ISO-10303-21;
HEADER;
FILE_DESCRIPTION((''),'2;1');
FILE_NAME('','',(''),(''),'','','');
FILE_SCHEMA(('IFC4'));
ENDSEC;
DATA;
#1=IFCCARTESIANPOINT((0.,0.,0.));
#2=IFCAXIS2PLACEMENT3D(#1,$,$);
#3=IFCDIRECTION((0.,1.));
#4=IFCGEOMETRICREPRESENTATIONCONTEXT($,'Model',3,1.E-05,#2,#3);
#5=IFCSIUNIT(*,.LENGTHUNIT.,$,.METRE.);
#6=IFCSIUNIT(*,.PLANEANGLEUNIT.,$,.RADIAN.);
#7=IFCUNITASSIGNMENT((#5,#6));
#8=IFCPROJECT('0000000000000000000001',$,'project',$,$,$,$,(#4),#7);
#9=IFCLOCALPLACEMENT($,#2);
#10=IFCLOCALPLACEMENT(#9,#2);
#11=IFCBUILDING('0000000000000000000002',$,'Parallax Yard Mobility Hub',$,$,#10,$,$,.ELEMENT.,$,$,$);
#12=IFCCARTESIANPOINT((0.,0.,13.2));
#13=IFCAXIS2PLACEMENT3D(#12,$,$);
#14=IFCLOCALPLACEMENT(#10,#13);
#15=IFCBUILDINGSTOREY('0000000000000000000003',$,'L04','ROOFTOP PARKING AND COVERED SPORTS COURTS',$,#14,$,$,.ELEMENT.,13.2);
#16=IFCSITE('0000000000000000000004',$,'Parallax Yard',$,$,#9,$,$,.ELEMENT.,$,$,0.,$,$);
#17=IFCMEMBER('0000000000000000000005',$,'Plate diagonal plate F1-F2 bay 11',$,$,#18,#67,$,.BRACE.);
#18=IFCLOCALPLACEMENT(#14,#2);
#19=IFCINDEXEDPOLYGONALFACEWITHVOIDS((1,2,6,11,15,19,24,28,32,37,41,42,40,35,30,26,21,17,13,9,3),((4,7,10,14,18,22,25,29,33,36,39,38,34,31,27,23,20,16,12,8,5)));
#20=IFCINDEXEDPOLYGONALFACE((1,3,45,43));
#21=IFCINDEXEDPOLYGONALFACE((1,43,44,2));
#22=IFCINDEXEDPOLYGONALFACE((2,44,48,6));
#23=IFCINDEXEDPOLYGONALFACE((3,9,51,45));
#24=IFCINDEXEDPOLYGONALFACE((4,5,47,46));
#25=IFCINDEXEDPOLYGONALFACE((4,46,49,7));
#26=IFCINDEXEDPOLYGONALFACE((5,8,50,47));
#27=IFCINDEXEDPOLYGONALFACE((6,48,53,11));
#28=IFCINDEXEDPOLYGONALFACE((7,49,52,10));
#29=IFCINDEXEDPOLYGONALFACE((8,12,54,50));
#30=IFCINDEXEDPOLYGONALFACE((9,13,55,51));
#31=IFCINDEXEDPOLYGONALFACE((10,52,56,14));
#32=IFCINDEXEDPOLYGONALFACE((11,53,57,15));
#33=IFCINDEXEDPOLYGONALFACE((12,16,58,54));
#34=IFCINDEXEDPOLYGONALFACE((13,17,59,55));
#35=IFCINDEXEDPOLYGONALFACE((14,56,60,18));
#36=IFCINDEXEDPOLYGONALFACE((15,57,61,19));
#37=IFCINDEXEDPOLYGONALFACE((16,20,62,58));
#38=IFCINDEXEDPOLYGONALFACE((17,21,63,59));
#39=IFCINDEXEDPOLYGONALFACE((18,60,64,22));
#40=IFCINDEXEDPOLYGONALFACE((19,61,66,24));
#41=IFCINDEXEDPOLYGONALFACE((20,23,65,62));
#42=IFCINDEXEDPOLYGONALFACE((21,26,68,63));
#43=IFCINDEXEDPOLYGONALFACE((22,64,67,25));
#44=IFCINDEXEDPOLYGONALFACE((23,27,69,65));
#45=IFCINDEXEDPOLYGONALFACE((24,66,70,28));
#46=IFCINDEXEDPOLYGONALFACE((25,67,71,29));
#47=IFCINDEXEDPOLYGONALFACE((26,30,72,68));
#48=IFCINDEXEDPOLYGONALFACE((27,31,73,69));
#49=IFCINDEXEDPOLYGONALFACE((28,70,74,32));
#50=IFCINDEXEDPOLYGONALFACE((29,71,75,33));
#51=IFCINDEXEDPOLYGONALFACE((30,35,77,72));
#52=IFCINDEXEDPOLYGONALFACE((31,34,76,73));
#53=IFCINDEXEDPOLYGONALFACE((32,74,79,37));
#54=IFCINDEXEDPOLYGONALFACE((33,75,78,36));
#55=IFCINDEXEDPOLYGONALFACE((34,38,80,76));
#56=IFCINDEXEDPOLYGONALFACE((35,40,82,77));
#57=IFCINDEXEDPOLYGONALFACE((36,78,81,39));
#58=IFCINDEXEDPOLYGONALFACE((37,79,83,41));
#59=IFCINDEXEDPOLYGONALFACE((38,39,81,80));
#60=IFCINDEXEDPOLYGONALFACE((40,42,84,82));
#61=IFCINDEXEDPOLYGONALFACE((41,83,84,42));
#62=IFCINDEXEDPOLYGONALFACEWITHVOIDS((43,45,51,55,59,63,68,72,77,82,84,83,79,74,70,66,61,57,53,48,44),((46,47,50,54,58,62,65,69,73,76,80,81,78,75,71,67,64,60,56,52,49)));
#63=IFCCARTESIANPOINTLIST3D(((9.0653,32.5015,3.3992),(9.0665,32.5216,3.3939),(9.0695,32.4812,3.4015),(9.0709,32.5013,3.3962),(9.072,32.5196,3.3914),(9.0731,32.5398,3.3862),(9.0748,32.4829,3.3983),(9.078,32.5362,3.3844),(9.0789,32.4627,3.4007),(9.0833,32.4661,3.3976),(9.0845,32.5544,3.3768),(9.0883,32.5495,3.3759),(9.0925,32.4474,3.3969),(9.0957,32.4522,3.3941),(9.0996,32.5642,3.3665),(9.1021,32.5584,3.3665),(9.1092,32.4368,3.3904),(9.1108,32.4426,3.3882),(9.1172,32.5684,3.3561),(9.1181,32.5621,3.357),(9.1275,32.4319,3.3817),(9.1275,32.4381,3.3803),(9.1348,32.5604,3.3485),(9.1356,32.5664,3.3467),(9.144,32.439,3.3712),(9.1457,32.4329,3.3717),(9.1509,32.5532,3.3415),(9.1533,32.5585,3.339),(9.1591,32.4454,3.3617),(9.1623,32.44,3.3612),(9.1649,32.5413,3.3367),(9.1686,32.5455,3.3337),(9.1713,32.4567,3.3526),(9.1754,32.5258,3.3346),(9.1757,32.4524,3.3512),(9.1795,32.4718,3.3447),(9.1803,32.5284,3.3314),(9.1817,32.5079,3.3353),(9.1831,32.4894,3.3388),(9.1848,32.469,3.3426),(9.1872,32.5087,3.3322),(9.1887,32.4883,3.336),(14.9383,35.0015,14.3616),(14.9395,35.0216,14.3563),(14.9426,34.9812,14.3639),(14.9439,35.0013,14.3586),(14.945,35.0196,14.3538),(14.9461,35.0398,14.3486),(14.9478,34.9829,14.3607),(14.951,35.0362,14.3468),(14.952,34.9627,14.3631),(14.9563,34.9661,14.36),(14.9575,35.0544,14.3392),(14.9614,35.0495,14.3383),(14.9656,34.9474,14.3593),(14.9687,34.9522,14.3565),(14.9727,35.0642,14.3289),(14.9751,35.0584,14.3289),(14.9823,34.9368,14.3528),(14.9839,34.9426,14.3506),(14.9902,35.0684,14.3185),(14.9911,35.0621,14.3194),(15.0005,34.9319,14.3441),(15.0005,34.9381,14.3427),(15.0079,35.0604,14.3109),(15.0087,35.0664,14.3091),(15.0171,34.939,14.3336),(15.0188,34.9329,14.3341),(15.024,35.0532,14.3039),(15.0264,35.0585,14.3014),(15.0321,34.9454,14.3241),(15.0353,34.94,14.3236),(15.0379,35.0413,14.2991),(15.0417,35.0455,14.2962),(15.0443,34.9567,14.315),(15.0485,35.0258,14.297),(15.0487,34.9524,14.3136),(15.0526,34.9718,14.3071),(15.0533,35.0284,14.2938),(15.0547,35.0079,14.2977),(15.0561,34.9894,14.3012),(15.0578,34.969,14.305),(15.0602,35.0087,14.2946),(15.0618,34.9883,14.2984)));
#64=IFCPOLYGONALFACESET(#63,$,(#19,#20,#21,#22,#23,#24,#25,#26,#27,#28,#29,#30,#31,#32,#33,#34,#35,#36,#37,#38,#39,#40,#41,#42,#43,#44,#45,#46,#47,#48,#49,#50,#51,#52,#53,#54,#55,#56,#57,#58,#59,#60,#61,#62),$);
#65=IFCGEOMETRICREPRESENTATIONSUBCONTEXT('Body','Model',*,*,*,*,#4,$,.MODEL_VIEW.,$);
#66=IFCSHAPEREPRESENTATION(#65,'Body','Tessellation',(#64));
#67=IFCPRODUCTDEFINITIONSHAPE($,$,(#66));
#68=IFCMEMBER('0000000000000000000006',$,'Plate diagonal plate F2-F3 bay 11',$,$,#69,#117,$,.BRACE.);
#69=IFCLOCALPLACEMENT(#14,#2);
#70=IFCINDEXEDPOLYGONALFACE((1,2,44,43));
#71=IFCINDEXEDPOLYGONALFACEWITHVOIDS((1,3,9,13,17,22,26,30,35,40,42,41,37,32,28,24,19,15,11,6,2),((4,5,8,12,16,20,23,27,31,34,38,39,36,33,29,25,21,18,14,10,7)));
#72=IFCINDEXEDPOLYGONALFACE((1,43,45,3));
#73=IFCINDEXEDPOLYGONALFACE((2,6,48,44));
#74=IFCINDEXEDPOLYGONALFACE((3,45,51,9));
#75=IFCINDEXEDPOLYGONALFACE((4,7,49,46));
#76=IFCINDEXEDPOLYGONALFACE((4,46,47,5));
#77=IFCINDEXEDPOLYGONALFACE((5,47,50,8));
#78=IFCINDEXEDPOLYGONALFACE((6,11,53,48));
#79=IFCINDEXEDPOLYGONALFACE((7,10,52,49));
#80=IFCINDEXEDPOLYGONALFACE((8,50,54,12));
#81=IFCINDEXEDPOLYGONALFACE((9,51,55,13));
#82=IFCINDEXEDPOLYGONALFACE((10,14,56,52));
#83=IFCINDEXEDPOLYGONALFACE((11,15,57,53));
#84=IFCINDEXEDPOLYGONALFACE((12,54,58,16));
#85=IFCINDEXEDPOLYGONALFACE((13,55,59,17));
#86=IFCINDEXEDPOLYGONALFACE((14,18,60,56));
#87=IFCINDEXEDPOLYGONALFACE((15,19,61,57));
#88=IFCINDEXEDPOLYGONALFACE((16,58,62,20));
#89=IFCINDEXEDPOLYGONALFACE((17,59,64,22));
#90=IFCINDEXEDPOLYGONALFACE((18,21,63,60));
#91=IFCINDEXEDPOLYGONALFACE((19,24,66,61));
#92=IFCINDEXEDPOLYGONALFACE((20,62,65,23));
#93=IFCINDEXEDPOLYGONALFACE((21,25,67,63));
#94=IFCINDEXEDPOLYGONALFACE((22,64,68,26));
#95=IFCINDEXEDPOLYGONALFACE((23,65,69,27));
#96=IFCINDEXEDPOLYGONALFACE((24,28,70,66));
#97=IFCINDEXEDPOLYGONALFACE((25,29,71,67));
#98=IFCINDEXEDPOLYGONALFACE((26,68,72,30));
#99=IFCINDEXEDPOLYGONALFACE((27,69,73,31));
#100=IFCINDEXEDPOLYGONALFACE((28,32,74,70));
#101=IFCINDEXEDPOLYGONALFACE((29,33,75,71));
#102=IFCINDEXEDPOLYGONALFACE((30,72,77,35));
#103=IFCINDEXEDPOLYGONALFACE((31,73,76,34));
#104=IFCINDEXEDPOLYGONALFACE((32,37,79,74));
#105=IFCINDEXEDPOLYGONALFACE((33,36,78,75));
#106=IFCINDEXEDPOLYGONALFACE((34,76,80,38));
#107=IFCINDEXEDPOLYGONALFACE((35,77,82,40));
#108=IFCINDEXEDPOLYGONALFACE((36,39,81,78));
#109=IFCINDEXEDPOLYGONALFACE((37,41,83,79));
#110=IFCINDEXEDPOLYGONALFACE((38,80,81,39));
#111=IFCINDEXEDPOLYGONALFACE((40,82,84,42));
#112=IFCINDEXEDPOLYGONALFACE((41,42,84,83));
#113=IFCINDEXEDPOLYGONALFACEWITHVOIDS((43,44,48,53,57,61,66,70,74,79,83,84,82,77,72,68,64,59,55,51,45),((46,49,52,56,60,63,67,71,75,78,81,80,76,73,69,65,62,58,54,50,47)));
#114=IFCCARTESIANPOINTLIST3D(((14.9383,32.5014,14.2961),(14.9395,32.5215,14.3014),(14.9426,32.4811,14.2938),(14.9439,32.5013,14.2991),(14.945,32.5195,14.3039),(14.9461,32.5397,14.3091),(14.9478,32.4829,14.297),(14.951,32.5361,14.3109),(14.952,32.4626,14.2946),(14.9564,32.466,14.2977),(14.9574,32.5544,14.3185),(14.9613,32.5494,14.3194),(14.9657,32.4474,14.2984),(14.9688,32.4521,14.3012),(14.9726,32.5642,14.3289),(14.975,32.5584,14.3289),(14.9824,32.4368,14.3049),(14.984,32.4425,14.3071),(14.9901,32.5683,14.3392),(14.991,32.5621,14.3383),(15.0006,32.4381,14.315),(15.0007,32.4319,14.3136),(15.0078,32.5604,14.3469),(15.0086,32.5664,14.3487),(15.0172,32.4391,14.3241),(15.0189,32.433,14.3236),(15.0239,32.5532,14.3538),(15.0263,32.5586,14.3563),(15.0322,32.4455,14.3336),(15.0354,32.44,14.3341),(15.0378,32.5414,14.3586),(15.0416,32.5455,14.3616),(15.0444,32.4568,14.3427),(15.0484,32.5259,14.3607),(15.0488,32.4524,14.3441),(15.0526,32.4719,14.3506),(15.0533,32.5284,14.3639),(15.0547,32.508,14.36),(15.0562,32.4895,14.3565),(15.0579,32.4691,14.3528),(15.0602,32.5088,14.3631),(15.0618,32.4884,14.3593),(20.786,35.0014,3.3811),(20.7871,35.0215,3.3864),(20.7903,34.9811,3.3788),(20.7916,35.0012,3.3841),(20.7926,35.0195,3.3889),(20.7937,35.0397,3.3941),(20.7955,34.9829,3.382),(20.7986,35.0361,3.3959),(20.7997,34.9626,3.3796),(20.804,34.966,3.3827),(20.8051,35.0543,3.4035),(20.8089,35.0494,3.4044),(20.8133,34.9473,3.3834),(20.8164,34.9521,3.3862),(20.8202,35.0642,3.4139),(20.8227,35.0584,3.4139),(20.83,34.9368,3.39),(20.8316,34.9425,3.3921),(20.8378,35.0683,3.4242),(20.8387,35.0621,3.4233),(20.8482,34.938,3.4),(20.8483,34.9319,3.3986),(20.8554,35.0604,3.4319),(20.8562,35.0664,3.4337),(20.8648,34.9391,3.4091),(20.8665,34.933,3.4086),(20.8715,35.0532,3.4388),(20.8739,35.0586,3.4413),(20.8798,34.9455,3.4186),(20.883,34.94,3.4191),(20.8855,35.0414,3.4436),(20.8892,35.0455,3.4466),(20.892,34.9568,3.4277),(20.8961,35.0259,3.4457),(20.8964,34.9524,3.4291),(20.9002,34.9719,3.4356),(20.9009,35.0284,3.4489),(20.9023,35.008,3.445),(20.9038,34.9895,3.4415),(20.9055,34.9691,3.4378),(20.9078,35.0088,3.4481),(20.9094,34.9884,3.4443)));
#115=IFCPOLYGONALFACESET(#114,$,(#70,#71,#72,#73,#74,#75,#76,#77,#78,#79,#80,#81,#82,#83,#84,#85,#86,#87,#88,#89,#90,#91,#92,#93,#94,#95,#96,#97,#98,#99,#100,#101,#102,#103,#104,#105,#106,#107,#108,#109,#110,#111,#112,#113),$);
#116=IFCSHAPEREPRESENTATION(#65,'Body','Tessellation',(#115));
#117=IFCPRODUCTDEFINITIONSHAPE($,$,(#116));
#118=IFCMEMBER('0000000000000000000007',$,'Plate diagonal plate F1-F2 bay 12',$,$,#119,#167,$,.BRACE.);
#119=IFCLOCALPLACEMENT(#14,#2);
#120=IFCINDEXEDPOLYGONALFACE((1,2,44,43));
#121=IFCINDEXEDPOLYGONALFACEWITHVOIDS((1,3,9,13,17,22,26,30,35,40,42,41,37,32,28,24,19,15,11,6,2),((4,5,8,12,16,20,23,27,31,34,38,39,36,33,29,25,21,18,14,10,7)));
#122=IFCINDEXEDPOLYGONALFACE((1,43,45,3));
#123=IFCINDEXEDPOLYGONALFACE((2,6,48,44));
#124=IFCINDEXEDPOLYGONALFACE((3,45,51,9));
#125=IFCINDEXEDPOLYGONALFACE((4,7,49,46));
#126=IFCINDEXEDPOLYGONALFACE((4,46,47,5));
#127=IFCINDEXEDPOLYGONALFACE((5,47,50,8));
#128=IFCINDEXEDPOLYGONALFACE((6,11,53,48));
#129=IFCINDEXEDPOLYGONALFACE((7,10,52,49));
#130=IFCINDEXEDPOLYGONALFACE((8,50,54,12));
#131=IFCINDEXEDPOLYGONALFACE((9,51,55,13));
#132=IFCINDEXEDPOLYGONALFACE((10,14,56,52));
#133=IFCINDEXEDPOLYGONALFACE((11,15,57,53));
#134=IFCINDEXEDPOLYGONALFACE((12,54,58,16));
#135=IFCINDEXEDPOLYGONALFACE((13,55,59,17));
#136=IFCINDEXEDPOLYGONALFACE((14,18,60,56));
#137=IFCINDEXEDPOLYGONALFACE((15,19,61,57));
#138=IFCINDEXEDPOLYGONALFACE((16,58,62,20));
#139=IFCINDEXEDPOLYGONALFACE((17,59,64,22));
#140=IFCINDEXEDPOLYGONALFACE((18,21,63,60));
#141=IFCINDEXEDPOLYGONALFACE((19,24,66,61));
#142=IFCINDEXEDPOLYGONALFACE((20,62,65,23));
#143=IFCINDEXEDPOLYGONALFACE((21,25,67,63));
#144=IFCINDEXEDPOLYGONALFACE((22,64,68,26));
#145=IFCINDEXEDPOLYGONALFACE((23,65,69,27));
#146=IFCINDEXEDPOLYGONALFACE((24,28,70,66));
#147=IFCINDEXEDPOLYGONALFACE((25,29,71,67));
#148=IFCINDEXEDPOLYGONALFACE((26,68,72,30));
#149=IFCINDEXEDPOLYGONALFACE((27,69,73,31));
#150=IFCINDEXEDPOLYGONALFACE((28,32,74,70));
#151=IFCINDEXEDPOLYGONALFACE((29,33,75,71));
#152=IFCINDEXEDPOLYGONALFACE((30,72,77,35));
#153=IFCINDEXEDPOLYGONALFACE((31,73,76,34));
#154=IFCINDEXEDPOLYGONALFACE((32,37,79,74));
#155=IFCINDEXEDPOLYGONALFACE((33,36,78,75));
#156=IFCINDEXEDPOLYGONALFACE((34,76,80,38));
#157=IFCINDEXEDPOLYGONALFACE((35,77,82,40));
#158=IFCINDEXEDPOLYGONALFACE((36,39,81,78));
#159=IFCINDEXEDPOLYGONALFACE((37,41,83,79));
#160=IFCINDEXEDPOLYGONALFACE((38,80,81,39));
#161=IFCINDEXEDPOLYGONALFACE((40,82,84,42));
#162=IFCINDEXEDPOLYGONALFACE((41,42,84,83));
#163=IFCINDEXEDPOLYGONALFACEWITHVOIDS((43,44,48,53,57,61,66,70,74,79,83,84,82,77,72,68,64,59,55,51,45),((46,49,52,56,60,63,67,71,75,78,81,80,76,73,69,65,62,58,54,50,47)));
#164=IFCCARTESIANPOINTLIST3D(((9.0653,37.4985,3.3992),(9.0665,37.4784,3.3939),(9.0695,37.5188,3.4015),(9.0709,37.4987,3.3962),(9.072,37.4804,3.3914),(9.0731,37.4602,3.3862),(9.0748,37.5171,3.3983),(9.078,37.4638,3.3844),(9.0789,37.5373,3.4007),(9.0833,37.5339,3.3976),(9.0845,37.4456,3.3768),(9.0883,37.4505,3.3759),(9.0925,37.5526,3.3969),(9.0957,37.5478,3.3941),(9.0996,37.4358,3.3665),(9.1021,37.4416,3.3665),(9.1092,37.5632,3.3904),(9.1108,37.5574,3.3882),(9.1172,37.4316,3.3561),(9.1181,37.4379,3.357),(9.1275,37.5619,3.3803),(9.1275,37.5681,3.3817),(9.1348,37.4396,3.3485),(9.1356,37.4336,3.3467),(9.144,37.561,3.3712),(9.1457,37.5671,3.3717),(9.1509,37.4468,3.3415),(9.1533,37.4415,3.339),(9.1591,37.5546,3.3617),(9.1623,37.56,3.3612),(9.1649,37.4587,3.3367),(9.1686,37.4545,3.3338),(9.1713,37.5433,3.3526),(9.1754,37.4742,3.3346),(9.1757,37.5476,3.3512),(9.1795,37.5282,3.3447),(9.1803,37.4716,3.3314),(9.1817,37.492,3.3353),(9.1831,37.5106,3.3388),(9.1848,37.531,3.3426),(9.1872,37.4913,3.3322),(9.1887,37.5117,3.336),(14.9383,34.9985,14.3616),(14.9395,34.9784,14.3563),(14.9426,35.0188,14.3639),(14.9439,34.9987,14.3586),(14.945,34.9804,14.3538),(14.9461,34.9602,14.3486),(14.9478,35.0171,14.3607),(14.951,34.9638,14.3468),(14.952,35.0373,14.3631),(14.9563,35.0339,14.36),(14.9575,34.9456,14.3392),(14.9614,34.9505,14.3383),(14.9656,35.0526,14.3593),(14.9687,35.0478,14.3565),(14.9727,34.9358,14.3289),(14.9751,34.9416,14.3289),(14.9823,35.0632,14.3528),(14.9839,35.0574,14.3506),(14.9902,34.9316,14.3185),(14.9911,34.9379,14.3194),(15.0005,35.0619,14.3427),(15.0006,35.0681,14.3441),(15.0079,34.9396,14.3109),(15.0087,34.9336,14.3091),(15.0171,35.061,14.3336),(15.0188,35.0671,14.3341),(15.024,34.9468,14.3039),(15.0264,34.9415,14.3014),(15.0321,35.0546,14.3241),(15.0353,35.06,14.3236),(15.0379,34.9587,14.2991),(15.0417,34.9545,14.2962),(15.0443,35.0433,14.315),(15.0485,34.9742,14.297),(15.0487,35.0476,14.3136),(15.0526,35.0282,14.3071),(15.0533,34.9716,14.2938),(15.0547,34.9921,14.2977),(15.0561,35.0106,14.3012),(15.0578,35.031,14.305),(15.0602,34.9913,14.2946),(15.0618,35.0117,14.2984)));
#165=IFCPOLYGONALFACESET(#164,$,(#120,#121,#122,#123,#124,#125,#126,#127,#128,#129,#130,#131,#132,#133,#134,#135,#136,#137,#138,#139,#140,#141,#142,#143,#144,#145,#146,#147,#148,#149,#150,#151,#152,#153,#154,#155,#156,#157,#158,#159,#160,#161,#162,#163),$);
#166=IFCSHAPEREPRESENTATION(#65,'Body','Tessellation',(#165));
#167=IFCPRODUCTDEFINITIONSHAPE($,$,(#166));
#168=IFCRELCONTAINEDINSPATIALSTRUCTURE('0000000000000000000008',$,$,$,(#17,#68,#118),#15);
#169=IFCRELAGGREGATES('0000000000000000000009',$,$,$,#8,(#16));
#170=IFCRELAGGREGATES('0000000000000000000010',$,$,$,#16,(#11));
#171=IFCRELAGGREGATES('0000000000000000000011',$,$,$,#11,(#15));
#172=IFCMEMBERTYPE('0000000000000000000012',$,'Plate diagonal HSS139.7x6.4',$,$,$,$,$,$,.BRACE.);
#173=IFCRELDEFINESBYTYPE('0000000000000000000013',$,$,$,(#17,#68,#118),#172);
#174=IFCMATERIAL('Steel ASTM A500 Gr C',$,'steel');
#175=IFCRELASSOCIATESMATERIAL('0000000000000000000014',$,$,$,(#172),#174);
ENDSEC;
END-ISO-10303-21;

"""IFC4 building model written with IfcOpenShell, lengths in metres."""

from ifc_helpers import new_model, si_unit, direction, frame, origin, origin_2d, place, context, subcontext, project, spatial, hollow_circle, extrude, material, material_profile, profile_set, type_object, element, save


model = new_model("IFC4")

# Units and contexts
model_context = context("Model", 3, precision=1e-05, world=origin(), true_north=direction((0.0, 1.0)))
body_context = subcontext(model_context, "Body", "Model", "MODEL_VIEW")
ifc_project = project(units=[si_unit("LENGTHUNIT", "METRE"), si_unit("PLANEANGLEUNIT", "RADIAN")], contexts=[model_context])

# Site, building, storey
site_placement = place(None, origin())
site = spatial("IfcSite", under=ifc_project, at=site_placement, Name="Parallax Yard", CompositionType="ELEMENT", RefElevation=0.0)
building_placement = place(site_placement, origin())
building = spatial("IfcBuilding", under=site, at=building_placement, Name="Parallax Yard Mobility Hub", CompositionType="ELEMENT")
storey_placement = place(building_placement, frame((0.0, 0.0, 13.2)))
storey = spatial("IfcBuildingStorey", under=building, at=storey_placement, Name="L04", Description="ROOFTOP PARKING AND COVERED SPORTS COURTS", CompositionType="ELEMENT", Elevation=13.2)

# Members
ifc_material_1 = material(Name="Steel ASTM A500 Gr C", Category="steel")
ifc_material_profile_1 = material_profile(ifc_material_1, hollow_circle(Radius=0.0698, WallThickness=0.0063, at=origin_2d()), Name="HSS139.7x6.4")
ifc_profile_set_1 = profile_set([ifc_material_profile_1], Name="Steel ASTM A500 Gr C")
member_type_1 = type_object("IfcMemberType", Name="Plate diagonal HSS139.7x6.4", PredefinedType="BRACE", material=ifc_profile_set_1)
for number, where, z_axis, x_axis, name in (
    (1, (9.127, 32.5, 3.3665), (0.46298, 0.197078, 0.864181), (-0.391665, 0.920108, 0.0), "Plate diagonal plate F1-F2 bay 11"),
):
    element("IfcMember", number, at=place(storey_placement, frame(where, z_axis=z_axis, x_axis=x_axis)), inside=storey, type_object=member_type_1, Name=name, PredefinedType="BRACE", context=body_context, shape_type="SweptSolid", body=[
        extrude(hollow_circle(Radius=0.0698, WallThickness=0.0063, at=origin_2d()), origin(), (0.0, 0.0, 1.0), 12.6853),
    ])
member_1_placement = place(storey_placement, frame((15.0, 32.5, 14.3289), z_axis=(0.462901, 0.1979, -0.864036), x_axis=(-0.393104, 0.919494, 0.0)))
element("IfcMember", 2, at=member_1_placement, inside=storey, type_object=member_type_1, Name="Plate diagonal plate F2-F3 bay 11", PredefinedType="BRACE", context=body_context, shape_type="SweptSolid", body=[
    extrude(hollow_circle(Radius=0.0698, WallThickness=0.0063, at=origin_2d()), origin(), (0.0, 0.0, 1.0), 12.6326),
])
for number, where, z_axis, x_axis, name in (
    (3, (15.0, 35.0, 14.3289), (-0.46298, 0.197078, -0.864181), (-0.391665, -0.920108, 0.0), "Plate diagonal plate F1-F2 bay 12"),
):
    element("IfcMember", number, at=place(storey_placement, frame(where, z_axis=z_axis, x_axis=x_axis)), inside=storey, type_object=member_type_1, Name=name, PredefinedType="BRACE", context=body_context, shape_type="SweptSolid", body=[
        extrude(hollow_circle(Radius=0.0698, WallThickness=0.0063, at=origin_2d()), origin(), (0.0, 0.0, 1.0), 12.6853),
    ])

save(model, "model.ifc")
